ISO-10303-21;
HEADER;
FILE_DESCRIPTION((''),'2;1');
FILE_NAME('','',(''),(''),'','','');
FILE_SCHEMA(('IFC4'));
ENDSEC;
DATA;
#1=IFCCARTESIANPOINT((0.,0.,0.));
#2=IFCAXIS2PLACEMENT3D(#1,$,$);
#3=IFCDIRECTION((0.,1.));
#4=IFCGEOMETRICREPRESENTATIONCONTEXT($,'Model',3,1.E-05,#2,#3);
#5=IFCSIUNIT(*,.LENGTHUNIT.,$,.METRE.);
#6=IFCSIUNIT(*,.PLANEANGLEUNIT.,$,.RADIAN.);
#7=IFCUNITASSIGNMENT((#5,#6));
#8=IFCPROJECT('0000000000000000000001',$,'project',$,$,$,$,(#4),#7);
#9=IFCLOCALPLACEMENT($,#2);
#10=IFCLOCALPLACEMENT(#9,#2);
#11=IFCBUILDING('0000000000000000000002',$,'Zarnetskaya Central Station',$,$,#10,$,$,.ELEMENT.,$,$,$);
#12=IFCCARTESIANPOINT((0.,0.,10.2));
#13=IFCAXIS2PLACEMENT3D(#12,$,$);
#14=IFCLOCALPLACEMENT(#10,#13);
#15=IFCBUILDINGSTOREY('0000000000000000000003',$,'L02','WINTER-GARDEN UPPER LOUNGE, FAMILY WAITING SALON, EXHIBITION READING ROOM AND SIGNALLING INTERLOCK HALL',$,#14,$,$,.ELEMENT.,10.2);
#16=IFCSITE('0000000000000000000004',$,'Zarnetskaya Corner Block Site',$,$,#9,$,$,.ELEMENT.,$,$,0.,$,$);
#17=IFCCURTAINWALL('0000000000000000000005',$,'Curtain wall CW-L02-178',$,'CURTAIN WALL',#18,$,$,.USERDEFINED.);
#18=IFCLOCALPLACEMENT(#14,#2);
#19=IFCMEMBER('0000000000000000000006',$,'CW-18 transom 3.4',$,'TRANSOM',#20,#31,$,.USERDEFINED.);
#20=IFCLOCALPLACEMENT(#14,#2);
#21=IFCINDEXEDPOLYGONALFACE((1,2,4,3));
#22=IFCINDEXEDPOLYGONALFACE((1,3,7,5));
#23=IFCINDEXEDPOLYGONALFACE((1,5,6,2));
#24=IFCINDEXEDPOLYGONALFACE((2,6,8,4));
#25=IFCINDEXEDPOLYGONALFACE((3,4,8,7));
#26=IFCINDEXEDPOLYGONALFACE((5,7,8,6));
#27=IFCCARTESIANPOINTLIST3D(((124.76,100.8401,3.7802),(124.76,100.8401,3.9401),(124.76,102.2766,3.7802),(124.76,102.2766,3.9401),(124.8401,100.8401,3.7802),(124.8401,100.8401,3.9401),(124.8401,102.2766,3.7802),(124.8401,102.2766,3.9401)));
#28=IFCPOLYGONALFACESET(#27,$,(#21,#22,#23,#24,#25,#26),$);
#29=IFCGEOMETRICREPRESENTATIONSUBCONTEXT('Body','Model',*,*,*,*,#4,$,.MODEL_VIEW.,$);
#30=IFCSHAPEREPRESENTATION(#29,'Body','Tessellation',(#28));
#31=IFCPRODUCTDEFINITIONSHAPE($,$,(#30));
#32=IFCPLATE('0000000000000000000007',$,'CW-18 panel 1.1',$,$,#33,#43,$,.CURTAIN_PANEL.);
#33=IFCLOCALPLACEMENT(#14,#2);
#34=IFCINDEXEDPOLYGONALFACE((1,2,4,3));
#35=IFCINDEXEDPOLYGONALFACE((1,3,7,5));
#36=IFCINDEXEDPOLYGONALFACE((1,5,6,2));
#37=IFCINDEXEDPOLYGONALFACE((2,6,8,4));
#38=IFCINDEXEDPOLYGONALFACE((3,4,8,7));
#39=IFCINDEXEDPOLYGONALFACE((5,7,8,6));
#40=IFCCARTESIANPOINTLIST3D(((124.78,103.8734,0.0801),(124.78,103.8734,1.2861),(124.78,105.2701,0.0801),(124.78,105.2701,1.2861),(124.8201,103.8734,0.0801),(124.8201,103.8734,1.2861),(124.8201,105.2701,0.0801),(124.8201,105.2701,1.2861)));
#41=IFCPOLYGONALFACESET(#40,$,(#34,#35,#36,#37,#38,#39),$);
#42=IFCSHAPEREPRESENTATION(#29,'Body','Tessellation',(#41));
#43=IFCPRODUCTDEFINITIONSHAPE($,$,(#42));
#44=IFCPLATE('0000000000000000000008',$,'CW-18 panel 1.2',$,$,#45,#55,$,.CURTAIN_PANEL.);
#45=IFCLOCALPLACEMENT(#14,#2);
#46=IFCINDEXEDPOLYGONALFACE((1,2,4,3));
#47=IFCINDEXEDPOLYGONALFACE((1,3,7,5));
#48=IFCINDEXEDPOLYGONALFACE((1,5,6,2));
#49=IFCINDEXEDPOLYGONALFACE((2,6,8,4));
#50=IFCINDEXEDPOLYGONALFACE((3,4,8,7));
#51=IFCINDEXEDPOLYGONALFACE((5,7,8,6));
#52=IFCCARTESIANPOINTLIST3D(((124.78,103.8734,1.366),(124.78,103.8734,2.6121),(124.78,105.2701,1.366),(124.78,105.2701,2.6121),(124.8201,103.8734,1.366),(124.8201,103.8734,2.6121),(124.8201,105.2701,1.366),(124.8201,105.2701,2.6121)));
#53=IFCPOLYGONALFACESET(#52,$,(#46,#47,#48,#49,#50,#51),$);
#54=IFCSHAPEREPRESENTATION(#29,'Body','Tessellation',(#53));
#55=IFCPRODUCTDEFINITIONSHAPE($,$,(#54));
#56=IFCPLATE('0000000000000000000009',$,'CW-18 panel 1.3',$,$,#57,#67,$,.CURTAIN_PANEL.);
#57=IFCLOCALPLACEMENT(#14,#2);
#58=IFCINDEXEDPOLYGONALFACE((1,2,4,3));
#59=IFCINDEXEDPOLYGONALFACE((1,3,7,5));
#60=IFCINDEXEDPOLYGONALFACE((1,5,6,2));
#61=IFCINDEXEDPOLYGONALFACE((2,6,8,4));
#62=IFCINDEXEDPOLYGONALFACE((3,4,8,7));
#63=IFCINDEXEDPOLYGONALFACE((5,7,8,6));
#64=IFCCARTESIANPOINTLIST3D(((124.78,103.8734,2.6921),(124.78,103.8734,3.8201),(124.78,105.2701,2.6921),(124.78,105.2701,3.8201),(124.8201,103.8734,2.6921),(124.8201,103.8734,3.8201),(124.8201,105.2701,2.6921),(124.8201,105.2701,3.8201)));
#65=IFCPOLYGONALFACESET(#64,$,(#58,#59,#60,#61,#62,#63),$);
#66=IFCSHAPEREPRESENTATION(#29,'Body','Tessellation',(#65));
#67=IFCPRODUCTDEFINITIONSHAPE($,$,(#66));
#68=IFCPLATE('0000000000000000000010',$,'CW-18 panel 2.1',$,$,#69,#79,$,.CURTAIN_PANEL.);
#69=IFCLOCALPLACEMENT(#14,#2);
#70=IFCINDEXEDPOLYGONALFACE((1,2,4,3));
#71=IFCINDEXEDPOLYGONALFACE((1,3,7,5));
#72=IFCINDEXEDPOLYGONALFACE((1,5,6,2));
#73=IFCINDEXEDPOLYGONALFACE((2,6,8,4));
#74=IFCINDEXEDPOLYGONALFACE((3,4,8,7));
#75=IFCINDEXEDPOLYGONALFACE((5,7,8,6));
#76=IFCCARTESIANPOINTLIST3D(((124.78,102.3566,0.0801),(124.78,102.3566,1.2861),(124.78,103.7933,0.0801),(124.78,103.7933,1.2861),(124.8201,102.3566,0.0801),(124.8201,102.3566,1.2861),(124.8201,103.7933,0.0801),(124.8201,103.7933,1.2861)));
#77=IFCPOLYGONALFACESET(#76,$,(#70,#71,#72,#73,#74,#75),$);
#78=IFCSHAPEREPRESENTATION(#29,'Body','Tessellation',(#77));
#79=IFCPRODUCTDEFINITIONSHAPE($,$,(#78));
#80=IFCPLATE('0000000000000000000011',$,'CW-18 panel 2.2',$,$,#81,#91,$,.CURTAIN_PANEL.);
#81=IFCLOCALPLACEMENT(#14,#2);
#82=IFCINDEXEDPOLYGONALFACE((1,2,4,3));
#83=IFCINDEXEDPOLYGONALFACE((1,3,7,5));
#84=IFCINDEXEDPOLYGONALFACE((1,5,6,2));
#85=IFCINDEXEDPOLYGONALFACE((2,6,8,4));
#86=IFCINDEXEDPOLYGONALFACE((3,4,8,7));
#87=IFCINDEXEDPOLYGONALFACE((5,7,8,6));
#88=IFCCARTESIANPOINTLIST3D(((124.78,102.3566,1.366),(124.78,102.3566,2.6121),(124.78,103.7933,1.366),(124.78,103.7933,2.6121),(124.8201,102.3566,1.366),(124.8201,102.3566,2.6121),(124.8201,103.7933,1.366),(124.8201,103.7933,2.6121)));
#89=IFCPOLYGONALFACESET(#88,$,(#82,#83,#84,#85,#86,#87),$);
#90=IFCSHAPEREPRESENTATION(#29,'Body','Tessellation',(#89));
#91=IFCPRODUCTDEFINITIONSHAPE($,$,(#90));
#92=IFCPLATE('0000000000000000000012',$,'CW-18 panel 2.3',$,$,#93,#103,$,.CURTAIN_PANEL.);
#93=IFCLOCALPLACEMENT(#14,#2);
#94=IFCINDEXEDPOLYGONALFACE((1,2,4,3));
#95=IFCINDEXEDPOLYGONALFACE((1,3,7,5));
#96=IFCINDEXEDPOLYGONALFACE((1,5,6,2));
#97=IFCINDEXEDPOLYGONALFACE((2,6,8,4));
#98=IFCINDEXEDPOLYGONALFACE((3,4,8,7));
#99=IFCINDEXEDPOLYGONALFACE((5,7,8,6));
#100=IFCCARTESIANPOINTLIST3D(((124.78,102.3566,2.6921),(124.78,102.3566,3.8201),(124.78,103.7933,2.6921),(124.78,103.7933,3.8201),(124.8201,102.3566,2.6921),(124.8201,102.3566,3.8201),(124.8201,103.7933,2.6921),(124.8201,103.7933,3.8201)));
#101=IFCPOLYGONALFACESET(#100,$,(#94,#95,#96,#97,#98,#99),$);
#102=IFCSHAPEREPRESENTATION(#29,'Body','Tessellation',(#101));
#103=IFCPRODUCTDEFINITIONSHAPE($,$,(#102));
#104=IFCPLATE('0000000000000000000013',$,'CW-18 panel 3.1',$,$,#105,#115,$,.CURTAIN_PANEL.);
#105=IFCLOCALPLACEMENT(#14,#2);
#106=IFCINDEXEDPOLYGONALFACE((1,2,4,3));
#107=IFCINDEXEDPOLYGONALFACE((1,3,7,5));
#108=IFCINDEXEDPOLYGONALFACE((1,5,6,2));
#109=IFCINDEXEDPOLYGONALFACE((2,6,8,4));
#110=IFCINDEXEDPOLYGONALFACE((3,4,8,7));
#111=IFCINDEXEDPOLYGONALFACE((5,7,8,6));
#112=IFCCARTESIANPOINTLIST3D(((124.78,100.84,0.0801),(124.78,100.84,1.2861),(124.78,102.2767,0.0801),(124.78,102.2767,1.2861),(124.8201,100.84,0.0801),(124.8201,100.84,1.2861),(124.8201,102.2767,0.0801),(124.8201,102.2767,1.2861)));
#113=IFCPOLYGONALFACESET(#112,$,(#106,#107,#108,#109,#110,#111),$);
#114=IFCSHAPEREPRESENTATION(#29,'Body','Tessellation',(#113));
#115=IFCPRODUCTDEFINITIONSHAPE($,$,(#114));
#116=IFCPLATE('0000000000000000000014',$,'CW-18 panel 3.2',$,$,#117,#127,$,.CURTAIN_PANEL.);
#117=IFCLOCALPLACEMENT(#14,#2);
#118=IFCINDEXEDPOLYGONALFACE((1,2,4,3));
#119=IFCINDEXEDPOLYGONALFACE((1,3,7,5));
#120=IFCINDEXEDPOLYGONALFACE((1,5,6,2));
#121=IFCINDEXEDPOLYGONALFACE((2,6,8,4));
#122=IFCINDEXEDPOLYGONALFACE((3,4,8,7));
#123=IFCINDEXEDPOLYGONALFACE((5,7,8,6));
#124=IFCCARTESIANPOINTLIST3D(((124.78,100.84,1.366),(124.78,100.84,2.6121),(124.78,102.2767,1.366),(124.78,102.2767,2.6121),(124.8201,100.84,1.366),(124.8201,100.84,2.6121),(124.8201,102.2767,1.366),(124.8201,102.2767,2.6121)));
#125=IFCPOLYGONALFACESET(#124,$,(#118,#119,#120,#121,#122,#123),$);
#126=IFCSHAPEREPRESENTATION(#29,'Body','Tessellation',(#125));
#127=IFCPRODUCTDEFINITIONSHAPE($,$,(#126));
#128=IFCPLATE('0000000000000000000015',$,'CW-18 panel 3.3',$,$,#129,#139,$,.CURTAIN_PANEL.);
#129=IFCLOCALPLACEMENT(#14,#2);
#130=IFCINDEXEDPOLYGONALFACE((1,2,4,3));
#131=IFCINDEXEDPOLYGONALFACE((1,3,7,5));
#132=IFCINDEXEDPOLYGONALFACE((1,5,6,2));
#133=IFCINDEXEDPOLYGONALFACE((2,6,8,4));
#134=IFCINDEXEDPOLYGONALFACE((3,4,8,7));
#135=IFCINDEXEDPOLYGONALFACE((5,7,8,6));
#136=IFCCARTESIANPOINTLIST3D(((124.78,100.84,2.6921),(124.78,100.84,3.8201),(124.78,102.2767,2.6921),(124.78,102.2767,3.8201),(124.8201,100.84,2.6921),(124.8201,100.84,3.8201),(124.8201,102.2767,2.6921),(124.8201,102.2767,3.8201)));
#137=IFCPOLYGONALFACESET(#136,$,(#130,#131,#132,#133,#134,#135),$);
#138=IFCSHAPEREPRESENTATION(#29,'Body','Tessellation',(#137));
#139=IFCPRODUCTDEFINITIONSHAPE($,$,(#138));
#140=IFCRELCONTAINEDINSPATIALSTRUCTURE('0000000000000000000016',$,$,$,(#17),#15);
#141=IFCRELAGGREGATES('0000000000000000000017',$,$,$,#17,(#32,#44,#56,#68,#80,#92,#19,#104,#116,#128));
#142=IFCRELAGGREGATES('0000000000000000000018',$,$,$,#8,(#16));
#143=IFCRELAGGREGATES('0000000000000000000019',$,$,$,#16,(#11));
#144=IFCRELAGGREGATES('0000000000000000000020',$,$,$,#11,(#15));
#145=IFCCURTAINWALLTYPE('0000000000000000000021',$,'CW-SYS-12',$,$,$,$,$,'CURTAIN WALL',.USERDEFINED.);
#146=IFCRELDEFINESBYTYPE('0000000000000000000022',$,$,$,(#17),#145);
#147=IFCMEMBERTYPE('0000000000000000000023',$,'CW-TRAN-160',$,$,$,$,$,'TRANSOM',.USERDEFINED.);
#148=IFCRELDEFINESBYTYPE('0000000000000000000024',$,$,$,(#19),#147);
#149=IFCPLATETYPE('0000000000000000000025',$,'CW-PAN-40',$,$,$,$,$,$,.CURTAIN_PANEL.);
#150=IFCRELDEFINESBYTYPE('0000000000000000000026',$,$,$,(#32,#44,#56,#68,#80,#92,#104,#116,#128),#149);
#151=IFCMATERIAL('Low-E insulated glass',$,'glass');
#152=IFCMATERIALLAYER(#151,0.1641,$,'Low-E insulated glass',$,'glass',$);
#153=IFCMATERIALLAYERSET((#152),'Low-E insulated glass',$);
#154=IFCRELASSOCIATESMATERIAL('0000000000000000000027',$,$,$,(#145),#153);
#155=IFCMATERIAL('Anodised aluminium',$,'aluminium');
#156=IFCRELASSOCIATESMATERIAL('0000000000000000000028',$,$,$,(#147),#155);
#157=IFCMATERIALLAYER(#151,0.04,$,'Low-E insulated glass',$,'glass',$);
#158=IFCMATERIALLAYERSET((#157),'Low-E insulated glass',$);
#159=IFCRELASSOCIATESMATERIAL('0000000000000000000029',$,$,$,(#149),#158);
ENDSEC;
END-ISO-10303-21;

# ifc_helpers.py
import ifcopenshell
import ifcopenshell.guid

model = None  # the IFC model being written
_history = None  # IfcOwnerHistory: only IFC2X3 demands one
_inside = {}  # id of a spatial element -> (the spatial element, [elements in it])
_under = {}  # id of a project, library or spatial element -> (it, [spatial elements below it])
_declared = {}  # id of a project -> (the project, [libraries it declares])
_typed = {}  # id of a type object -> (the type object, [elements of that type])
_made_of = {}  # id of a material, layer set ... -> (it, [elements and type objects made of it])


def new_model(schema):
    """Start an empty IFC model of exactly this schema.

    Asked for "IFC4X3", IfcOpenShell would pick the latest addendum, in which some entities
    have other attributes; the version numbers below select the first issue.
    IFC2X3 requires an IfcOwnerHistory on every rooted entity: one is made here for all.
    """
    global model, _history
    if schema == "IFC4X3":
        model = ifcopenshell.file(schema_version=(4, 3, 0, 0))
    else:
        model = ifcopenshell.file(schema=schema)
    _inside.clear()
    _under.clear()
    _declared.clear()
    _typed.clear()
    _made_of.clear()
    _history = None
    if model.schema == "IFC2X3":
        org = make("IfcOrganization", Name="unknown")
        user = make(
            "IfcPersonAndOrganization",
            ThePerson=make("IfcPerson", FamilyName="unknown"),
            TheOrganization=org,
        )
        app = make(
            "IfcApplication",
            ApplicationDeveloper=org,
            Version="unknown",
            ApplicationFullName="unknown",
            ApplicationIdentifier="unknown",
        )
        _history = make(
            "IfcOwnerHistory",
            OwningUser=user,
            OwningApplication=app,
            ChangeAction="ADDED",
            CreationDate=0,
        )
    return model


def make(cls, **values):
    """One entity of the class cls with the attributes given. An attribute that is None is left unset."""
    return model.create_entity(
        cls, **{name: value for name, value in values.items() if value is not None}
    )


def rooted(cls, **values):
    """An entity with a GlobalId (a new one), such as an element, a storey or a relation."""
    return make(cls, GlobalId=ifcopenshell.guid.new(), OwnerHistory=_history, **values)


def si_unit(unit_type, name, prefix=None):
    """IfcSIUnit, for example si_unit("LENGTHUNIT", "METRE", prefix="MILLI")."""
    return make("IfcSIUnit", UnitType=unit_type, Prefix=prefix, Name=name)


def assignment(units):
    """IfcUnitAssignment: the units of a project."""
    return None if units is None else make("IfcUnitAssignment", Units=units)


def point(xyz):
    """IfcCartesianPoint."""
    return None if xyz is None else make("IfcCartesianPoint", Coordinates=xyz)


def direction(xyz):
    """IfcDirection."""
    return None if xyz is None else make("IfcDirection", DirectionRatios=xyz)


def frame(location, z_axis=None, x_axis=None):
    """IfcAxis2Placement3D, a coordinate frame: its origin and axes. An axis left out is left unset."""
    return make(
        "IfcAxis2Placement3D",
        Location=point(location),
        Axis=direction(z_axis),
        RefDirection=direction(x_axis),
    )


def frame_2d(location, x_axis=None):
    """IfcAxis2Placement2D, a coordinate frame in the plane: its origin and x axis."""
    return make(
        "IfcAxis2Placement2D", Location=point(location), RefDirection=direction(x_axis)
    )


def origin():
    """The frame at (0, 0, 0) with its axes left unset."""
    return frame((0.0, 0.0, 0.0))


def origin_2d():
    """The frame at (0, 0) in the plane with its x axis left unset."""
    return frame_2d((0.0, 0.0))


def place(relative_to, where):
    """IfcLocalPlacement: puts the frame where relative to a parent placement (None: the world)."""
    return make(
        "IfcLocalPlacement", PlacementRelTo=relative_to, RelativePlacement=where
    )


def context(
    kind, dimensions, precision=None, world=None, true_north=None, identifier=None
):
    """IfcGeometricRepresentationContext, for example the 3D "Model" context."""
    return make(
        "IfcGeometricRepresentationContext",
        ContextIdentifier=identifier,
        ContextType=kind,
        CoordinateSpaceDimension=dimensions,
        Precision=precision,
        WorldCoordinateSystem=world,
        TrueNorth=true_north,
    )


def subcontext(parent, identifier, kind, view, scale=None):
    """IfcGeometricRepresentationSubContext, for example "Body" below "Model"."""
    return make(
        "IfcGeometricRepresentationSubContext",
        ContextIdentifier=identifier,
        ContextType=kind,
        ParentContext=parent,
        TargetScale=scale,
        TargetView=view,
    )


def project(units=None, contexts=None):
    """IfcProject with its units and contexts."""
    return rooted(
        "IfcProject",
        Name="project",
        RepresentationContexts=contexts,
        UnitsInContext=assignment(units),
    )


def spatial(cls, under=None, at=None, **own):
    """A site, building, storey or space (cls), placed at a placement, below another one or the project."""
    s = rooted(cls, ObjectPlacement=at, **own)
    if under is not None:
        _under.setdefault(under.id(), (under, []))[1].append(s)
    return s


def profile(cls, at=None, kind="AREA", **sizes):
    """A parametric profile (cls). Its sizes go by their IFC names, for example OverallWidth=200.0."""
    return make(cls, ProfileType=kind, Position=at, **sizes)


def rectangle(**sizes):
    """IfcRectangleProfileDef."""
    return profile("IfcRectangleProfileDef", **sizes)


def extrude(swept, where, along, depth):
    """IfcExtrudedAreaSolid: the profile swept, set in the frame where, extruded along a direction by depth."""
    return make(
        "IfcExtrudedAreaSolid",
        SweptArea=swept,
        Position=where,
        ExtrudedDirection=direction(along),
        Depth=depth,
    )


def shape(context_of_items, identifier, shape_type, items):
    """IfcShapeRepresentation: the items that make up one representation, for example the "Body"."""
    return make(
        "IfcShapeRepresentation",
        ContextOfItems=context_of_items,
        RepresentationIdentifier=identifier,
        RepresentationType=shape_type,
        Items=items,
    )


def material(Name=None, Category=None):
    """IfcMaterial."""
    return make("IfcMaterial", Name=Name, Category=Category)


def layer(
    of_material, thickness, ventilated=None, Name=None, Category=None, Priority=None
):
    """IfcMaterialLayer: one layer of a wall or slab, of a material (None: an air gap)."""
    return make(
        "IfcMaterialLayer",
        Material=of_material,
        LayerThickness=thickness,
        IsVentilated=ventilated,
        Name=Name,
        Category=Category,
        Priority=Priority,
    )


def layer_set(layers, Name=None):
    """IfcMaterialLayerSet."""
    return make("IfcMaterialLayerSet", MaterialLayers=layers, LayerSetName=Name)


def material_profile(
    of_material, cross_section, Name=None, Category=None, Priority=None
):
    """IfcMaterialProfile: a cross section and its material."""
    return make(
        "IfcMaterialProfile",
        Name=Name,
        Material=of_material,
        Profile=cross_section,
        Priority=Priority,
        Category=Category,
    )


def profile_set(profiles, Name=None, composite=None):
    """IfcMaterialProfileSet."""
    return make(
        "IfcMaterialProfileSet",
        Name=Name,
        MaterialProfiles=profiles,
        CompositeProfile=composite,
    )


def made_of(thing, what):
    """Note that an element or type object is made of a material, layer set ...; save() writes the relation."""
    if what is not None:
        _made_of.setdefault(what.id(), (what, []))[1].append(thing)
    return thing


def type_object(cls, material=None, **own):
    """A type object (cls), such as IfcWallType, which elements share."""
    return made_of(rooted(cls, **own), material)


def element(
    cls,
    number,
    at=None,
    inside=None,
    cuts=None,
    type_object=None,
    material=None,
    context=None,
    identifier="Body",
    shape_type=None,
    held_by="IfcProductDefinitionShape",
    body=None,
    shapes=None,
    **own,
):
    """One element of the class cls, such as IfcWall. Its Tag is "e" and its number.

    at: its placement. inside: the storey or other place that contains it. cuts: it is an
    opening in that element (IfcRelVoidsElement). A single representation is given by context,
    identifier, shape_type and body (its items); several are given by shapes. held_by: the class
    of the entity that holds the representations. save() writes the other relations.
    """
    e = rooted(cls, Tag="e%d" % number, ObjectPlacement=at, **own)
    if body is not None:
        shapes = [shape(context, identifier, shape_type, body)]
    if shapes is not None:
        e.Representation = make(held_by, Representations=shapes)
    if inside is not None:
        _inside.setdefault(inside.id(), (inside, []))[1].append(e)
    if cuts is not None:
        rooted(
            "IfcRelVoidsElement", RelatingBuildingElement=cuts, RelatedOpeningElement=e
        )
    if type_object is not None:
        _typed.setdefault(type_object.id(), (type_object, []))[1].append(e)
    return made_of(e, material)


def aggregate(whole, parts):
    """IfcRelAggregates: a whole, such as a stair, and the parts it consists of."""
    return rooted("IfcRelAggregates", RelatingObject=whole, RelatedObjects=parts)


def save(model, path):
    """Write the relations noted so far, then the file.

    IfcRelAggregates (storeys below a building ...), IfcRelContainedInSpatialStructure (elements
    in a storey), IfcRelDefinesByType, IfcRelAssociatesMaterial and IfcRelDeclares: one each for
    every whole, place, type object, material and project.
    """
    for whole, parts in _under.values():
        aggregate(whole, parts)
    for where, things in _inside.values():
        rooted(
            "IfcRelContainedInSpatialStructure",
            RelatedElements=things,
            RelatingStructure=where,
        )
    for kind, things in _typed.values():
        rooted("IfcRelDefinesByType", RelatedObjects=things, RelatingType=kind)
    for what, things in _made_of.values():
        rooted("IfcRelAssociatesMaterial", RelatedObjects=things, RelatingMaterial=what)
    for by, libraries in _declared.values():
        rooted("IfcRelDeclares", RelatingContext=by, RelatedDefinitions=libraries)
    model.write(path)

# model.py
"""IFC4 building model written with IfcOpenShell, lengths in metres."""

from ifc_helpers import new_model, si_unit, direction, frame, origin, origin_2d, place, context, subcontext, project, spatial, rectangle, extrude, material, layer, layer_set, material_profile, profile_set, type_object, element, aggregate, save


model = new_model("IFC4")

# Units and contexts
model_context = context("Model", 3, precision=1e-05, world=origin(), true_north=direction((0.0, 1.0)))
body_context = subcontext(model_context, "Body", "Model", "MODEL_VIEW")
ifc_project = project(units=[si_unit("LENGTHUNIT", "METRE"), si_unit("PLANEANGLEUNIT", "RADIAN")], contexts=[model_context])

# Site, building, storey
site_placement = place(None, origin())
site = spatial("IfcSite", under=ifc_project, at=site_placement, Name="Zarnetskaya Corner Block Site", CompositionType="ELEMENT", RefElevation=0.0)
building_placement = place(site_placement, origin())
building = spatial("IfcBuilding", under=site, at=building_placement, Name="Zarnetskaya Central Station", CompositionType="ELEMENT")
storey_placement = place(building_placement, frame((0.0, 0.0, 10.2)))
storey = spatial("IfcBuildingStorey", under=building, at=storey_placement, Name="L02", Description="WINTER-GARDEN UPPER LOUNGE, FAMILY WAITING SALON, EXHIBITION READING ROOM AND SIGNALLING INTERLOCK HALL", CompositionType="ELEMENT", Elevation=10.2)

# Curtain wall, member, plates
ifc_material_1 = material(Name="Low-E insulated glass", Category="glass")
ifc_layer_1 = layer(ifc_material_1, 0.1641, Name="Low-E insulated glass", Category="glass")
ifc_layer_set_1 = layer_set([ifc_layer_1], Name="Low-E insulated glass")
curtain_wall_type = type_object("IfcCurtainWallType", Name="CW-SYS-12", ElementType="CURTAIN WALL", PredefinedType="USERDEFINED", material=ifc_layer_set_1)
curtain_wall_placement = place(storey_placement, origin())
curtain_wall = element("IfcCurtainWall", 1, at=curtain_wall_placement, inside=storey, type_object=curtain_wall_type, Name="Curtain wall CW-L02-178", ObjectType="CURTAIN WALL", PredefinedType="USERDEFINED")
ifc_material_2 = material(Name="Anodised aluminium", Category="aluminium")
ifc_material_profile_1 = material_profile(ifc_material_2, rectangle(XDim=0.0801, YDim=0.1599, at=origin_2d()), Name="ALU TRAN 80x160")
ifc_profile_set_1 = profile_set([ifc_material_profile_1], Name="Anodised aluminium")
member_type_1 = type_object("IfcMemberType", Name="CW-TRAN-160", ElementType="TRANSOM", PredefinedType="USERDEFINED", material=ifc_profile_set_1)
member_1_placement = place(storey_placement, frame((124.8, 102.2766, 3.8601), z_axis=(0.0, -1.0, 0.0), x_axis=(1.0, 0.0, 0.0)))
member_1 = element("IfcMember", 2, at=member_1_placement, type_object=member_type_1, Name="CW-18 transom 3.4", ObjectType="TRANSOM", PredefinedType="USERDEFINED", context=body_context, shape_type="SweptSolid", body=[
    extrude(rectangle(XDim=0.0801, YDim=0.1599, at=origin_2d()), origin(), (0.0, 0.0, 1.0), 1.4365),
])
ifc_layer_2 = layer(ifc_material_1, 0.04, Name="Low-E insulated glass", Category="glass")
ifc_layer_set_2 = layer_set([ifc_layer_2], Name="Low-E insulated glass")
plate_type = type_object("IfcPlateType", Name="CW-PAN-40", PredefinedType="CURTAIN_PANEL", material=ifc_layer_set_2)
plate_1_placement = place(storey_placement, frame((124.8, 104.5718, 0.0801), z_axis=(0.0, 0.0, 1.0), x_axis=(0.0, -1.0, 0.0)))
plate_1 = element("IfcPlate", 3, at=plate_1_placement, type_object=plate_type, Name="CW-18 panel 1.1", PredefinedType="CURTAIN_PANEL", context=body_context, shape_type="SweptSolid", body=[
    extrude(rectangle(XDim=1.3967, YDim=0.04, at=origin_2d()), origin(), (0.0, 0.0, 1.0), 1.2061),
])
plate_2_placement = place(storey_placement, frame((124.8, 104.5718, 1.366), z_axis=(0.0, 0.0, 1.0), x_axis=(0.0, -1.0, 0.0)))
plate_2 = element("IfcPlate", 4, at=plate_2_placement, type_object=plate_type, Name="CW-18 panel 1.2", PredefinedType="CURTAIN_PANEL", context=body_context, shape_type="SweptSolid", body=[
    extrude(rectangle(XDim=1.3967, YDim=0.04, at=origin_2d()), origin(), (0.0, 0.0, 1.0), 1.2461),
])
plate_3_placement = place(storey_placement, frame((124.8, 104.5718, 2.6921), z_axis=(0.0, 0.0, 1.0), x_axis=(0.0, -1.0, 0.0)))
plate_3 = element("IfcPlate", 5, at=plate_3_placement, type_object=plate_type, Name="CW-18 panel 1.3", PredefinedType="CURTAIN_PANEL", context=body_context, shape_type="SweptSolid", body=[
    extrude(rectangle(XDim=1.3967, YDim=0.04, at=origin_2d()), origin(), (0.0, 0.0, 1.0), 1.1279),
])
plate_4_placement = place(storey_placement, frame((124.8, 103.075, 0.0801), z_axis=(0.0, 0.0, 1.0), x_axis=(0.0, -1.0, 0.0)))
plate_4 = element("IfcPlate", 6, at=plate_4_placement, type_object=plate_type, Name="CW-18 panel 2.1", PredefinedType="CURTAIN_PANEL", context=body_context, shape_type="SweptSolid", body=[
    extrude(rectangle(XDim=1.4368, YDim=0.04, at=origin_2d()), origin(), (0.0, 0.0, 1.0), 1.2061),
])
plate_5_placement = place(storey_placement, frame((124.8, 103.075, 1.366), z_axis=(0.0, 0.0, 1.0), x_axis=(0.0, -1.0, 0.0)))
plate_5 = element("IfcPlate", 7, at=plate_5_placement, type_object=plate_type, Name="CW-18 panel 2.2", PredefinedType="CURTAIN_PANEL", context=body_context, shape_type="SweptSolid", body=[
    extrude(rectangle(XDim=1.4368, YDim=0.04, at=origin_2d()), origin(), (0.0, 0.0, 1.0), 1.2461),
])
plate_6_placement = place(storey_placement, frame((124.8, 103.075, 2.6921), z_axis=(0.0, 0.0, 1.0), x_axis=(0.0, -1.0, 0.0)))
plate_6 = element("IfcPlate", 8, at=plate_6_placement, type_object=plate_type, Name="CW-18 panel 2.3", PredefinedType="CURTAIN_PANEL", context=body_context, shape_type="SweptSolid", body=[
    extrude(rectangle(XDim=1.4368, YDim=0.04, at=origin_2d()), origin(), (0.0, 0.0, 1.0), 1.1279),
])
plate_7_placement = place(storey_placement, frame((124.8, 101.5583, 0.0801), z_axis=(0.0, 0.0, 1.0), x_axis=(0.0, -1.0, 0.0)))
plate_7 = element("IfcPlate", 9, at=plate_7_placement, type_object=plate_type, Name="CW-18 panel 3.1", PredefinedType="CURTAIN_PANEL", context=body_context, shape_type="SweptSolid", body=[
    extrude(rectangle(XDim=1.4368, YDim=0.04, at=origin_2d()), origin(), (0.0, 0.0, 1.0), 1.2061),
])
plate_8_placement = place(storey_placement, frame((124.8, 101.5583, 1.366), z_axis=(0.0, 0.0, 1.0), x_axis=(0.0, -1.0, 0.0)))
plate_8 = element("IfcPlate", 10, at=plate_8_placement, type_object=plate_type, Name="CW-18 panel 3.2", PredefinedType="CURTAIN_PANEL", context=body_context, shape_type="SweptSolid", body=[
    extrude(rectangle(XDim=1.4368, YDim=0.04, at=origin_2d()), origin(), (0.0, 0.0, 1.0), 1.2461),
])
plate_9_placement = place(storey_placement, frame((124.8, 101.5583, 2.6921), z_axis=(0.0, 0.0, 1.0), x_axis=(0.0, -1.0, 0.0)))
plate_9 = element("IfcPlate", 11, at=plate_9_placement, type_object=plate_type, Name="CW-18 panel 3.3", PredefinedType="CURTAIN_PANEL", context=body_context, shape_type="SweptSolid", body=[
    extrude(rectangle(XDim=1.4368, YDim=0.04, at=origin_2d()), origin(), (0.0, 0.0, 1.0), 1.1279),
])
aggregate(curtain_wall, [plate_1, plate_2, plate_3, plate_4, plate_5, plate_6, member_1, plate_7, plate_8, plate_9])

save(model, "model.ifc")
